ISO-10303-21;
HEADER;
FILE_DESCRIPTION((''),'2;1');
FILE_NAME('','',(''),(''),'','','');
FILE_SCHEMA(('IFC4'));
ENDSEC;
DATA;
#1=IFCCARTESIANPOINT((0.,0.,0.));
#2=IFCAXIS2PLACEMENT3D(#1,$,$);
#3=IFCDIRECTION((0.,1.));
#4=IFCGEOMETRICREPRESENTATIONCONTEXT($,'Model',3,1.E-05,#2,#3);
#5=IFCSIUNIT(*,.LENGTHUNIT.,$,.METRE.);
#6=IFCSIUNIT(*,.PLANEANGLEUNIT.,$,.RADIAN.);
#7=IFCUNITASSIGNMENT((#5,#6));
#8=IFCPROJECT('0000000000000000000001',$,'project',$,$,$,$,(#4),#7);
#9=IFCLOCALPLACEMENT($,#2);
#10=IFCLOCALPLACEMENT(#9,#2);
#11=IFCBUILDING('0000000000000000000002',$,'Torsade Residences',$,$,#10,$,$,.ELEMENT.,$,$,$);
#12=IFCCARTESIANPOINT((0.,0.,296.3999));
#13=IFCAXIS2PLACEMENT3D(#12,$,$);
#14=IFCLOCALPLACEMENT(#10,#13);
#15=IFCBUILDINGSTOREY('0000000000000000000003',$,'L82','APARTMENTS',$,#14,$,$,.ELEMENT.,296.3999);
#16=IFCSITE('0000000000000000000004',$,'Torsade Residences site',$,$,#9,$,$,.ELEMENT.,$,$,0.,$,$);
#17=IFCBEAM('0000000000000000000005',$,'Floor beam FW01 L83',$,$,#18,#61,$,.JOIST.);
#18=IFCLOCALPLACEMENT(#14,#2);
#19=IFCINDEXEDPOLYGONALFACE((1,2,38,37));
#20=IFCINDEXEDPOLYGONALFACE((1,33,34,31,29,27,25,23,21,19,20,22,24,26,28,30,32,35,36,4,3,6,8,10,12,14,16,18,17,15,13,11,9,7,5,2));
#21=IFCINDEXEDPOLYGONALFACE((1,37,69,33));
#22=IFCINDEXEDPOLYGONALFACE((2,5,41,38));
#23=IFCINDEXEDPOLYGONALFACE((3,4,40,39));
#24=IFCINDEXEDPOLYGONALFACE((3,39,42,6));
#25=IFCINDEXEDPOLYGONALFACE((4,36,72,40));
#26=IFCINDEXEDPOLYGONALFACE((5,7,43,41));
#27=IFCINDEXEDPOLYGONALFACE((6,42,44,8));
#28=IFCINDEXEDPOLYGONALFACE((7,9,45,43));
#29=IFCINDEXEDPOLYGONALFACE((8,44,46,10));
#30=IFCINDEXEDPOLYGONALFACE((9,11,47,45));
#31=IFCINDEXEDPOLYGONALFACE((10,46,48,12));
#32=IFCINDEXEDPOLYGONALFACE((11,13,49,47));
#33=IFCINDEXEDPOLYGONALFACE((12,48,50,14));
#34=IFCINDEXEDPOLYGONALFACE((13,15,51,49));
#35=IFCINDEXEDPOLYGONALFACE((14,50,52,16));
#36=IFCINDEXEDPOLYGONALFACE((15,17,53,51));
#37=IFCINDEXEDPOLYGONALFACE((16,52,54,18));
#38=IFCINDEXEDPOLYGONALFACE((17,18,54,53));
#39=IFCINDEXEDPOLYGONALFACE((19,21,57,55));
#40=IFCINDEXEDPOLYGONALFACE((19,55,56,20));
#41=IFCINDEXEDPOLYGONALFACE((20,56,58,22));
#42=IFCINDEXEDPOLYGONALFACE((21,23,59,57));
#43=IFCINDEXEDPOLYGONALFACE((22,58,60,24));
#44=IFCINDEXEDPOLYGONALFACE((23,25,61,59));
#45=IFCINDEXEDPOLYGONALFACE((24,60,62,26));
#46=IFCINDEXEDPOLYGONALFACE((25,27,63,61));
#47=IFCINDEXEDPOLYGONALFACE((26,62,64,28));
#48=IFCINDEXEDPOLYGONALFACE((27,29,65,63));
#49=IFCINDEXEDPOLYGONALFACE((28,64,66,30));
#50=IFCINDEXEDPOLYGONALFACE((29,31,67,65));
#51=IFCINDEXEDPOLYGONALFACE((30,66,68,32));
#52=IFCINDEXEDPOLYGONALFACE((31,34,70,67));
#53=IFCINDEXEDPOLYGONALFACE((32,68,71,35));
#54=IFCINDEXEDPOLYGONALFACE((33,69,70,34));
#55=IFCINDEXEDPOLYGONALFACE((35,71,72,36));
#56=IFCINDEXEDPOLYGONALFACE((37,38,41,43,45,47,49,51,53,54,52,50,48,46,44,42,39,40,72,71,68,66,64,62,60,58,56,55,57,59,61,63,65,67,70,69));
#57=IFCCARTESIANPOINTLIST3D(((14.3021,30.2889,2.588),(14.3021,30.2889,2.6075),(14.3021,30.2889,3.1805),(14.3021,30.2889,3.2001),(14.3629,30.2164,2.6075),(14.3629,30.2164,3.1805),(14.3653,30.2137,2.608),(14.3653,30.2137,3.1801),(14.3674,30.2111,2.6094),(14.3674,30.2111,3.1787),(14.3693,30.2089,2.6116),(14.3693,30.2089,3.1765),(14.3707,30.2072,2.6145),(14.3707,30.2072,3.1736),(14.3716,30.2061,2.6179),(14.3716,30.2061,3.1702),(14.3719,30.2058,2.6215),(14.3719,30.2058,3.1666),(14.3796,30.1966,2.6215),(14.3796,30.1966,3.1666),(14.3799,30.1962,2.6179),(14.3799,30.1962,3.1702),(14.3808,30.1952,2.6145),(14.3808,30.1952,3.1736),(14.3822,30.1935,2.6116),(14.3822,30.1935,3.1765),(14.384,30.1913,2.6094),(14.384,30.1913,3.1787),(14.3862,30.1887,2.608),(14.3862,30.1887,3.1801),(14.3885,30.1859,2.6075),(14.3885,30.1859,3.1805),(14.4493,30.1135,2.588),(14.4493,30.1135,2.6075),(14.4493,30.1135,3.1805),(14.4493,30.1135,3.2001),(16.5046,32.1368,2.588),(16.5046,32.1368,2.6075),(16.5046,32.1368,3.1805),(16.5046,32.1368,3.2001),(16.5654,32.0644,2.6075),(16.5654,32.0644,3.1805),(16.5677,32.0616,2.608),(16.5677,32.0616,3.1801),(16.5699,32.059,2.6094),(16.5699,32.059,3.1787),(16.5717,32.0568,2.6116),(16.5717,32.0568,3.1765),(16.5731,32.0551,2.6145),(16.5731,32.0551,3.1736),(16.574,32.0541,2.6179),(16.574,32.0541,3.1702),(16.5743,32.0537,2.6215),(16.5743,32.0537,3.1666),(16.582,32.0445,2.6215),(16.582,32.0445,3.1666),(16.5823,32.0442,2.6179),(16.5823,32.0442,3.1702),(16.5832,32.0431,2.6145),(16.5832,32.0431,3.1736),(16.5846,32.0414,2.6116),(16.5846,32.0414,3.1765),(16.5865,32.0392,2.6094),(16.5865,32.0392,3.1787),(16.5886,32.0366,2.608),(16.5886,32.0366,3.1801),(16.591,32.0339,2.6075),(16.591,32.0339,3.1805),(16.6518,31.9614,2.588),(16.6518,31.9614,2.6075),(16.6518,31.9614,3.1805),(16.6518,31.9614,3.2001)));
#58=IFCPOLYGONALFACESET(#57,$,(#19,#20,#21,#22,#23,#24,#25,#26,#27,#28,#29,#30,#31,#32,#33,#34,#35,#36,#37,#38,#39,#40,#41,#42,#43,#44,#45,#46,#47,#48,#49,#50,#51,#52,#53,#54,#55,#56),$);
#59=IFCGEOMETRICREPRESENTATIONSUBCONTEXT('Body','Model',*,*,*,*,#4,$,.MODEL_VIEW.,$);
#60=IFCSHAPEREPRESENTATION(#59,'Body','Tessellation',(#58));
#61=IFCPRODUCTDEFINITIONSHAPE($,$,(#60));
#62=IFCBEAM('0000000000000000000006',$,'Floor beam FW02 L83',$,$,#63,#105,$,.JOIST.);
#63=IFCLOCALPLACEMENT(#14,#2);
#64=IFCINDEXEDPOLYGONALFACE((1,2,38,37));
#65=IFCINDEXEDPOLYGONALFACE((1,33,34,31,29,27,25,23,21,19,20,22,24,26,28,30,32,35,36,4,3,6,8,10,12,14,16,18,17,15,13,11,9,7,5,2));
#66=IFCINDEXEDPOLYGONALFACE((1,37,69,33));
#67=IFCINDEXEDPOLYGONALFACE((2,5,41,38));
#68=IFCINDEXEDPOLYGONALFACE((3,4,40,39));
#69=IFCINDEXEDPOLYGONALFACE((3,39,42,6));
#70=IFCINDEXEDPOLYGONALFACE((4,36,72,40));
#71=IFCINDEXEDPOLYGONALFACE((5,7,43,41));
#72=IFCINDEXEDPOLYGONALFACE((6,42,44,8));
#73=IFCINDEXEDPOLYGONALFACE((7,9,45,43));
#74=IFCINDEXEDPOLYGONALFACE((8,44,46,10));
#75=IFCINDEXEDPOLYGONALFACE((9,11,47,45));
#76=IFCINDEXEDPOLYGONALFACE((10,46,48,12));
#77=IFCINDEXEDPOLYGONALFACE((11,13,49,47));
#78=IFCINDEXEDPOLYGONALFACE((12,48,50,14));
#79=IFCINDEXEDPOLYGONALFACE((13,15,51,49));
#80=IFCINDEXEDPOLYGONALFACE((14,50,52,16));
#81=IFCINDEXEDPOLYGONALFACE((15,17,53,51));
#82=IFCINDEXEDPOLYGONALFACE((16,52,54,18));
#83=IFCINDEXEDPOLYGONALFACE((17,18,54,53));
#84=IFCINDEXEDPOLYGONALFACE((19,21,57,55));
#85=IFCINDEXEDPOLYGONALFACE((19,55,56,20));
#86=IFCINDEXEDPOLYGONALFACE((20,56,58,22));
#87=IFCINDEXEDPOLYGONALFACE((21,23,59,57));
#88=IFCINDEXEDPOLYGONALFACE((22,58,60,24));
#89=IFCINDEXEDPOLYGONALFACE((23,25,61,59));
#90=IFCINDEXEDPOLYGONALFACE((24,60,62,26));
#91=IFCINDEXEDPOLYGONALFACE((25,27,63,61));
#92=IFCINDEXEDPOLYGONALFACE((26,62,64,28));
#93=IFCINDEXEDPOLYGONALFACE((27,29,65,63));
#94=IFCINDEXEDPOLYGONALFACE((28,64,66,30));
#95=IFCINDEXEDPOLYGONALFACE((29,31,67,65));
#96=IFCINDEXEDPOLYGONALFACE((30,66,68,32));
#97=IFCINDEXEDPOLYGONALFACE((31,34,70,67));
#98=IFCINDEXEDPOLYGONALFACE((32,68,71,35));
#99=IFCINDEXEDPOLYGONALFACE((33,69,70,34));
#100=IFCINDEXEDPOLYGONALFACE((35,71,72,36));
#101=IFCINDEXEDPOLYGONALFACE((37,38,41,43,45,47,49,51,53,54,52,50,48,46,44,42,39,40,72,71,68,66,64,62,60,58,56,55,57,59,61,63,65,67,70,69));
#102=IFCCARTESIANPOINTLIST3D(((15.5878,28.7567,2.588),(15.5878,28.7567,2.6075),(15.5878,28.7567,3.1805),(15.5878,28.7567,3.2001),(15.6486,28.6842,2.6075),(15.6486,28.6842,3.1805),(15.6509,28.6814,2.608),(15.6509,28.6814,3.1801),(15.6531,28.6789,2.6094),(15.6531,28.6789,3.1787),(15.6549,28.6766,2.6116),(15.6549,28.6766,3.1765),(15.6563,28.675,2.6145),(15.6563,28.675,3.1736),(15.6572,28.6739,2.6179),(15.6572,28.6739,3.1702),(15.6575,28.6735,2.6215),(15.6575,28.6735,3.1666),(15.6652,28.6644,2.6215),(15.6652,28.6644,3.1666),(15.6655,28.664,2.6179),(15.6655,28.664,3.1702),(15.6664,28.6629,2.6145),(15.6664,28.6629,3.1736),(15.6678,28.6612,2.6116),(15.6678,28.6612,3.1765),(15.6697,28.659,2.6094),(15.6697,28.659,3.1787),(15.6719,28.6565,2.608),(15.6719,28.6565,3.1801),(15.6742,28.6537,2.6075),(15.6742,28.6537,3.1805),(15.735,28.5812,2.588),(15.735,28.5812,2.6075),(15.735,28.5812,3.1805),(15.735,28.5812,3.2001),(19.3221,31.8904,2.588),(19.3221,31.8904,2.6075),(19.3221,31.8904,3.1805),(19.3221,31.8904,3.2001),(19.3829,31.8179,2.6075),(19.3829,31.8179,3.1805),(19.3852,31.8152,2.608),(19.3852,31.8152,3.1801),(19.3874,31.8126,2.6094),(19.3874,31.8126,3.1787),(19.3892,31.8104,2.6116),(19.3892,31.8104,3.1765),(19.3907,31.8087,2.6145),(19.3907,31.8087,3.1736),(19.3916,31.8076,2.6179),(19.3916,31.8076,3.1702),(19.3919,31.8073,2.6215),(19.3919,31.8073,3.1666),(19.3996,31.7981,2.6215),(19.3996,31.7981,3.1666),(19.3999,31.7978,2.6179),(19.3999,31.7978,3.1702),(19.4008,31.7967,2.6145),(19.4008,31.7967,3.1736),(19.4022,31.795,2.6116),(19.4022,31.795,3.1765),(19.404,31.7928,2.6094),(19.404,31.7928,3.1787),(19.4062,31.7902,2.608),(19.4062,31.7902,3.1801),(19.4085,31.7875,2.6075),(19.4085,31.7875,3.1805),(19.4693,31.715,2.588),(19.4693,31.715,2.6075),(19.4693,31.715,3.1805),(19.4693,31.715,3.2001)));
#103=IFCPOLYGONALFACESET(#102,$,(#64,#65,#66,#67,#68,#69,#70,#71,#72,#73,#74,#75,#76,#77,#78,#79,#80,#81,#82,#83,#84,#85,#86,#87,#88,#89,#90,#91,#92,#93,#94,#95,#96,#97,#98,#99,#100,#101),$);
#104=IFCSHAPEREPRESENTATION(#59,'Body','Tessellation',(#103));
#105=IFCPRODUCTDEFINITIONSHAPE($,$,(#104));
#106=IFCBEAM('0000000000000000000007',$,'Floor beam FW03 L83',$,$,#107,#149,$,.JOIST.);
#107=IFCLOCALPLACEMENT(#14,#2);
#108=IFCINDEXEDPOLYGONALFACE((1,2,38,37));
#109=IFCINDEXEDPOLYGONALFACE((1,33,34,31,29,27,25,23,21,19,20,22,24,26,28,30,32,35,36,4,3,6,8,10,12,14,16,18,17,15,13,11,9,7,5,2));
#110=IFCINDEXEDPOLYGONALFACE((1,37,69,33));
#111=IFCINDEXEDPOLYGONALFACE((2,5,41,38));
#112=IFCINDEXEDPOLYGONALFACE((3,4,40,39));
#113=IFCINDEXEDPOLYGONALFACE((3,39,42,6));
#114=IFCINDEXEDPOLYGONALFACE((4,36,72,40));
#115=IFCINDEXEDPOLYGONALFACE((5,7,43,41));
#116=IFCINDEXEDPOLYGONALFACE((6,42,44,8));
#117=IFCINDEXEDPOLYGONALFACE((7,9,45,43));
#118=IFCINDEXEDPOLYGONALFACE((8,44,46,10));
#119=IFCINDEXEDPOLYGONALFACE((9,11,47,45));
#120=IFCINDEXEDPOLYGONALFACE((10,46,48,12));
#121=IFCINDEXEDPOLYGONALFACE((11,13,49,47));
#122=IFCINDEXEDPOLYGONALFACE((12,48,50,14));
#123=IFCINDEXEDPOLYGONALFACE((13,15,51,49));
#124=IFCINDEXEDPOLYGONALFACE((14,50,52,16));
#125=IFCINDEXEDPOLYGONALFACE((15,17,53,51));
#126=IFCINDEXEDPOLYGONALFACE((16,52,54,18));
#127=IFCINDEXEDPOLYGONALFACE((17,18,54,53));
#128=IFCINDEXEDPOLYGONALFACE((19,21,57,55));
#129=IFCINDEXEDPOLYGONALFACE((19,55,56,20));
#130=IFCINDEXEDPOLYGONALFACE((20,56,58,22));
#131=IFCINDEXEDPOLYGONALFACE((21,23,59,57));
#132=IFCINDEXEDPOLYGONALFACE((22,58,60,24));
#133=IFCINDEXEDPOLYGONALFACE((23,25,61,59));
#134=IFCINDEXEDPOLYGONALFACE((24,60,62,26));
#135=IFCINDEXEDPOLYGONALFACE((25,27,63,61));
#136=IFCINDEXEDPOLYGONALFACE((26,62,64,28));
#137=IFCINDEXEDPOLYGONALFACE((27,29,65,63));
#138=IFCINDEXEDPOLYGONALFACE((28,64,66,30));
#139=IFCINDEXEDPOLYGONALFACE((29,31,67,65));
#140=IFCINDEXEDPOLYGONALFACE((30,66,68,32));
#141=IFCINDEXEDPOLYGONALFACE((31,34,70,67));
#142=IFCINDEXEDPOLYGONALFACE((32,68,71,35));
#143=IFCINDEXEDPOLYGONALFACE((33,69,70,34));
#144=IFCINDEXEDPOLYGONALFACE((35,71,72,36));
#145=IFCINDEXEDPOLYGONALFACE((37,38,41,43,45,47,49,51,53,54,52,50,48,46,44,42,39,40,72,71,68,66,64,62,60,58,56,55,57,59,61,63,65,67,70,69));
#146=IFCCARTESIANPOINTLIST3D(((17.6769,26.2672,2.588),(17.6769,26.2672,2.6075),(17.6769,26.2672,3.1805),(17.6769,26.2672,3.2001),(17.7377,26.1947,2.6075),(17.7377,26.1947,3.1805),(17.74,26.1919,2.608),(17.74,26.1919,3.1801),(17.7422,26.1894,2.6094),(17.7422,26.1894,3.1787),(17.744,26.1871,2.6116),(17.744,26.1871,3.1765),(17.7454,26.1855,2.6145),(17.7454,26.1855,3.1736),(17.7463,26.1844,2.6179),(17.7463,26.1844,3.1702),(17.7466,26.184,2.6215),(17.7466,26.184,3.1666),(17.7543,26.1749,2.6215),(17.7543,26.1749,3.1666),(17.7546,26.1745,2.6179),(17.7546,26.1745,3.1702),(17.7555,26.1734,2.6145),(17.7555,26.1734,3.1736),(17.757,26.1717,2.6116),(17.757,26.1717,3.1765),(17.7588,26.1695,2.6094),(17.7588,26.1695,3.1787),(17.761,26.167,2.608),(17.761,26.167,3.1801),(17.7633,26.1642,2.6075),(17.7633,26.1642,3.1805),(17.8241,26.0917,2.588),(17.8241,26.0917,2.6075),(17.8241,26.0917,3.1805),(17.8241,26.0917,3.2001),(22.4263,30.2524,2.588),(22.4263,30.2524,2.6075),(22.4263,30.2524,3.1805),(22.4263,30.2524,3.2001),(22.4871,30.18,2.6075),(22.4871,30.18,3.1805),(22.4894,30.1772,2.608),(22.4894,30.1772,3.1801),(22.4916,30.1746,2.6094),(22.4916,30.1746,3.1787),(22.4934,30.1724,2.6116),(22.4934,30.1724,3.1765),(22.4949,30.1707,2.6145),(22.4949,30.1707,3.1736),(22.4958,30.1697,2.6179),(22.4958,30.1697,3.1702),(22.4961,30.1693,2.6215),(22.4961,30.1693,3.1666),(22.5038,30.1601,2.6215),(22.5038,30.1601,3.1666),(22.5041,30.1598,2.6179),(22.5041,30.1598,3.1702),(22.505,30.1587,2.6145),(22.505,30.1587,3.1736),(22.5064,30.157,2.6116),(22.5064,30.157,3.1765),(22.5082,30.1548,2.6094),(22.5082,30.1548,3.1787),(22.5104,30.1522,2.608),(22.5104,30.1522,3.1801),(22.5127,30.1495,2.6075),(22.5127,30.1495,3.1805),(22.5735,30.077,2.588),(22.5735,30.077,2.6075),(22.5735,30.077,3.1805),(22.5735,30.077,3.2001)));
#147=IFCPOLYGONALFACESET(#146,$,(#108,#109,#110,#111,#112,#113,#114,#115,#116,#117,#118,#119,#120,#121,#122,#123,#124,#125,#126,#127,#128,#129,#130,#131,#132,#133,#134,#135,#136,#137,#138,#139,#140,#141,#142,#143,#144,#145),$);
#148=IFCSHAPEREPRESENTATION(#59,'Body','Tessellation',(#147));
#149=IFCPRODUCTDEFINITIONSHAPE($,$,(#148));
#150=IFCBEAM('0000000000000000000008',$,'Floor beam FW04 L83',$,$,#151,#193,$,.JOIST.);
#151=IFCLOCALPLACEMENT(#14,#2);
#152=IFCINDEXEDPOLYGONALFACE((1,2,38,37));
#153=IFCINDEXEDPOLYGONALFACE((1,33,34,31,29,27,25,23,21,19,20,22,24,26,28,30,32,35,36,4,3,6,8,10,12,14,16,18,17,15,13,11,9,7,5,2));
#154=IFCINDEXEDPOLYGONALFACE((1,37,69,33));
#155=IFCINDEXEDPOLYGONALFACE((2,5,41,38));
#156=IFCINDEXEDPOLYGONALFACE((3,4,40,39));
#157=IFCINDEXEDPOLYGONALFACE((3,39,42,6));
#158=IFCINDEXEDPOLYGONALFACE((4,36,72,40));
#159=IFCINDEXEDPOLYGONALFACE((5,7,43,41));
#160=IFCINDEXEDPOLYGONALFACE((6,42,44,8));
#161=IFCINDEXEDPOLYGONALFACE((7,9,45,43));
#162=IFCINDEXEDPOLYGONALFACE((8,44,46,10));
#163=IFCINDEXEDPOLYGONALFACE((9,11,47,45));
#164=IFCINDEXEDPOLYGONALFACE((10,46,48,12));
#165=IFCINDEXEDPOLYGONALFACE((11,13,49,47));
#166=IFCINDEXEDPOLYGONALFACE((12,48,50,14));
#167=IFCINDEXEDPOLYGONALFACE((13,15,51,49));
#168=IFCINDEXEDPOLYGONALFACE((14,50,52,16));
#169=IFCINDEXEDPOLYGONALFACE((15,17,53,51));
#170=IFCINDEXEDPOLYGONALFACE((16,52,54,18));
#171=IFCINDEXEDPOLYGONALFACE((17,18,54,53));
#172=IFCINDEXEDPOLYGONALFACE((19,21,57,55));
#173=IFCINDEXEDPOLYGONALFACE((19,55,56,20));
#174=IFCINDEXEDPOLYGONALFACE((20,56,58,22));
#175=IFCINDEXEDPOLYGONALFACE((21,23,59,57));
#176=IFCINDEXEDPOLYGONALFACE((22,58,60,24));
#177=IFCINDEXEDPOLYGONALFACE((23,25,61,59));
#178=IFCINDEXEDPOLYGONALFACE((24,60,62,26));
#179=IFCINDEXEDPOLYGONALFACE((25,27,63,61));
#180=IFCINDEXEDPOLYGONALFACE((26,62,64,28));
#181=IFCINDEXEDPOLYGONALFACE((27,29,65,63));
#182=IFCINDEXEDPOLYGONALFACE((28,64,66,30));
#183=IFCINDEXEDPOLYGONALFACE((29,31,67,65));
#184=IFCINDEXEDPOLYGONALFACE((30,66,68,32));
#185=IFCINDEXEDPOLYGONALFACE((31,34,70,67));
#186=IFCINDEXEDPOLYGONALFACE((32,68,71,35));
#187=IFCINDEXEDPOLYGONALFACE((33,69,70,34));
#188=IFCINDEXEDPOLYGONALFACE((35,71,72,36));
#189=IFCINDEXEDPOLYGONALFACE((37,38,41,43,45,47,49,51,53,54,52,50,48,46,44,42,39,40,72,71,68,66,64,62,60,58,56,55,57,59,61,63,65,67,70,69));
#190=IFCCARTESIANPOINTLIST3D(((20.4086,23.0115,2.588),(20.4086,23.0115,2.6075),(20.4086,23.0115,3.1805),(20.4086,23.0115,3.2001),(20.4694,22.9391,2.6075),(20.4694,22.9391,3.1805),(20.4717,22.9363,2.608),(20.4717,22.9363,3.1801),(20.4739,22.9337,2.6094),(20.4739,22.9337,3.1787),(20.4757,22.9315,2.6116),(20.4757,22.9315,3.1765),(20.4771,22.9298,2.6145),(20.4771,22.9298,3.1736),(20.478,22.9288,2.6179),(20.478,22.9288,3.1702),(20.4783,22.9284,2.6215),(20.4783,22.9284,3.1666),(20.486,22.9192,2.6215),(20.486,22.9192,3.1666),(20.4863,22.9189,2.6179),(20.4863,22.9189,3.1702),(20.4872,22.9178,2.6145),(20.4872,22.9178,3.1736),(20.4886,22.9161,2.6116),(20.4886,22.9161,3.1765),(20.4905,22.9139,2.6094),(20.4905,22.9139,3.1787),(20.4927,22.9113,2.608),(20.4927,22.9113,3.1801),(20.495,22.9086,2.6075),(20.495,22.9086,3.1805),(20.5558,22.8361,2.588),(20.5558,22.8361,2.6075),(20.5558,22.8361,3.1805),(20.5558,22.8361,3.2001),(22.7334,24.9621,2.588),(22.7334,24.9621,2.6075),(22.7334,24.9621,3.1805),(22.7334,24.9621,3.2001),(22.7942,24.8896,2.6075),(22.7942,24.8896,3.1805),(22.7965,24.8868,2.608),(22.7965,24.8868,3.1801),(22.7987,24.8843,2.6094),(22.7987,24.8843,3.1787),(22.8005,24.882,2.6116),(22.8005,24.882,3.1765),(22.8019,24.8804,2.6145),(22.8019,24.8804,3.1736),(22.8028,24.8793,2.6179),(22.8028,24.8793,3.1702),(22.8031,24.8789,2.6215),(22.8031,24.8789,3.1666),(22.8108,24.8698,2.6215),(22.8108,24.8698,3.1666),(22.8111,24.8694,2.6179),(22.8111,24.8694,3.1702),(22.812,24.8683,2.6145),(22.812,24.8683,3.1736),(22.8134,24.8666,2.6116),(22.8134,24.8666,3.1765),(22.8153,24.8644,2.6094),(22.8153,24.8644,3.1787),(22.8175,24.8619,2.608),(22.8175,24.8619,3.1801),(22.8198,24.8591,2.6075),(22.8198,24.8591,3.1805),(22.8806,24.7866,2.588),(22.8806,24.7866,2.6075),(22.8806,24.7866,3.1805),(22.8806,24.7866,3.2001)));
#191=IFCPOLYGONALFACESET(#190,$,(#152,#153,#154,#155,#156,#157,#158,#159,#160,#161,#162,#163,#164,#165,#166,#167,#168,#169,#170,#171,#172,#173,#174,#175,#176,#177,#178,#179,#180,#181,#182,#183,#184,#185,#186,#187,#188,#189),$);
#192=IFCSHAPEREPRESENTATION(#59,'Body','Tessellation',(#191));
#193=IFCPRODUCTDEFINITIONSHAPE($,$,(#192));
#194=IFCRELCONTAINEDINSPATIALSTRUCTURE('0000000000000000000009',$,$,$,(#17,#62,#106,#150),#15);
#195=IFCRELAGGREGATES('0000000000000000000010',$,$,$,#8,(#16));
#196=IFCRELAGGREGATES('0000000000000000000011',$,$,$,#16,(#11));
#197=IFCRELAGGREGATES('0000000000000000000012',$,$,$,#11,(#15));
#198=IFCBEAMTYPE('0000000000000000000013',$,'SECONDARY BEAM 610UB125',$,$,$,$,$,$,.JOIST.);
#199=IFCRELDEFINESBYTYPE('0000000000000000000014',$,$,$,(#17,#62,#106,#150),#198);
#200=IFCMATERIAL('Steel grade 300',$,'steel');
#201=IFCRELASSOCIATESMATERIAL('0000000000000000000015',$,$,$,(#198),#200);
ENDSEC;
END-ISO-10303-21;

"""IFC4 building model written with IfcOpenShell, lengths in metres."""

from ifc_helpers import new_model, si_unit, direction, frame, origin, origin_2d, place, context, subcontext, project, spatial, i_section, extrude, material, material_profile, profile_set, type_object, element, save


model = new_model("IFC4")

# Units and contexts
model_context = context("Model", 3, precision=1e-05, world=origin(), true_north=direction((0.0, 1.0)))
body_context = subcontext(model_context, "Body", "Model", "MODEL_VIEW")
ifc_project = project(units=[si_unit("LENGTHUNIT", "METRE"), si_unit("PLANEANGLEUNIT", "RADIAN")], contexts=[model_context])

# Site, building, storey
site_placement = place(None, origin())
site = spatial("IfcSite", under=ifc_project, at=site_placement, Name="Torsade Residences site", CompositionType="ELEMENT", RefElevation=0.0)
building_placement = place(site_placement, origin())
building = spatial("IfcBuilding", under=site, at=building_placement, Name="Torsade Residences", CompositionType="ELEMENT")
storey_placement = place(building_placement, frame((0.0, 0.0, 296.3999)))
storey = spatial("IfcBuildingStorey", under=building, at=storey_placement, Name="L82", Description="APARTMENTS", CompositionType="ELEMENT", Elevation=296.3999)

# Beams
ifc_material_1 = material(Name="Steel grade 300", Category="steel")
ifc_material_profile_1 = material_profile(ifc_material_1, i_section(OverallWidth=0.229, OverallDepth=0.6121, WebThickness=0.012, FlangeThickness=0.0195, FilletRadius=0.0139, at=origin_2d()), Name="610UB125")
ifc_profile_set_1 = profile_set([ifc_material_profile_1], Name="Steel grade 300")
beam_type_1 = type_object("IfcBeamType", Name="SECONDARY BEAM 610UB125", PredefinedType="JOIST", material=ifc_profile_set_1)
beam_1_placement = place(storey_placement, frame((14.3757, 30.2012, 2.894), z_axis=(0.766066, 0.642762, 0.0), x_axis=(-0.642762, 0.766066, 0.0)))
element("IfcBeam", 1, at=beam_1_placement, inside=storey, type_object=beam_type_1, Name="Floor beam FW01 L83", PredefinedType="JOIST", context=body_context, shape_type="SweptSolid", body=[
    extrude(i_section(OverallWidth=0.229, OverallDepth=0.6121, WebThickness=0.012, FlangeThickness=0.0195, FilletRadius=0.0139, at=origin_2d()), origin(), (0.0, 0.0, 1.0), 2.875),
])
beam_2_placement = place(storey_placement, frame((15.6614, 28.6689, 2.894), z_axis=(0.766017, 0.642821, 0.0), x_axis=(-0.642821, 0.766017, 0.0)))
element("IfcBeam", 2, at=beam_2_placement, inside=storey, type_object=beam_type_1, Name="Floor beam FW02 L83", PredefinedType="JOIST", context=body_context, shape_type="SweptSolid", body=[
    extrude(i_section(OverallWidth=0.229, OverallDepth=0.6121, WebThickness=0.012, FlangeThickness=0.0195, FilletRadius=0.0139, at=origin_2d()), origin(), (0.0, 0.0, 1.0), 4.875),
])
beam_3_placement = place(storey_placement, frame((17.7505, 26.1794, 2.894), z_axis=(0.766041, 0.642791, 0.0), x_axis=(-0.642791, 0.766041, 0.0)))
element("IfcBeam", 3, at=beam_3_placement, inside=storey, type_object=beam_type_1, Name="Floor beam FW03 L83", PredefinedType="JOIST", context=body_context, shape_type="SweptSolid", body=[
    extrude(i_section(OverallWidth=0.229, OverallDepth=0.6121, WebThickness=0.012, FlangeThickness=0.0195, FilletRadius=0.0139, at=origin_2d()), origin(), (0.0, 0.0, 1.0), 6.2),
])
beam_4_placement = place(storey_placement, frame((20.4822, 22.9238, 2.894), z_axis=(0.76608, 0.642745, 0.0), x_axis=(-0.642745, 0.76608, 0.0)))
element("IfcBeam", 4, at=beam_4_placement, inside=storey, type_object=beam_type_1, Name="Floor beam FW04 L83", PredefinedType="JOIST", context=body_context, shape_type="SweptSolid", body=[
    extrude(i_section(OverallWidth=0.229, OverallDepth=0.6121, WebThickness=0.012, FlangeThickness=0.0195, FilletRadius=0.0139, at=origin_2d()), origin(), (0.0, 0.0, 1.0), 3.0347),
])

save(model, "model.ifc")
